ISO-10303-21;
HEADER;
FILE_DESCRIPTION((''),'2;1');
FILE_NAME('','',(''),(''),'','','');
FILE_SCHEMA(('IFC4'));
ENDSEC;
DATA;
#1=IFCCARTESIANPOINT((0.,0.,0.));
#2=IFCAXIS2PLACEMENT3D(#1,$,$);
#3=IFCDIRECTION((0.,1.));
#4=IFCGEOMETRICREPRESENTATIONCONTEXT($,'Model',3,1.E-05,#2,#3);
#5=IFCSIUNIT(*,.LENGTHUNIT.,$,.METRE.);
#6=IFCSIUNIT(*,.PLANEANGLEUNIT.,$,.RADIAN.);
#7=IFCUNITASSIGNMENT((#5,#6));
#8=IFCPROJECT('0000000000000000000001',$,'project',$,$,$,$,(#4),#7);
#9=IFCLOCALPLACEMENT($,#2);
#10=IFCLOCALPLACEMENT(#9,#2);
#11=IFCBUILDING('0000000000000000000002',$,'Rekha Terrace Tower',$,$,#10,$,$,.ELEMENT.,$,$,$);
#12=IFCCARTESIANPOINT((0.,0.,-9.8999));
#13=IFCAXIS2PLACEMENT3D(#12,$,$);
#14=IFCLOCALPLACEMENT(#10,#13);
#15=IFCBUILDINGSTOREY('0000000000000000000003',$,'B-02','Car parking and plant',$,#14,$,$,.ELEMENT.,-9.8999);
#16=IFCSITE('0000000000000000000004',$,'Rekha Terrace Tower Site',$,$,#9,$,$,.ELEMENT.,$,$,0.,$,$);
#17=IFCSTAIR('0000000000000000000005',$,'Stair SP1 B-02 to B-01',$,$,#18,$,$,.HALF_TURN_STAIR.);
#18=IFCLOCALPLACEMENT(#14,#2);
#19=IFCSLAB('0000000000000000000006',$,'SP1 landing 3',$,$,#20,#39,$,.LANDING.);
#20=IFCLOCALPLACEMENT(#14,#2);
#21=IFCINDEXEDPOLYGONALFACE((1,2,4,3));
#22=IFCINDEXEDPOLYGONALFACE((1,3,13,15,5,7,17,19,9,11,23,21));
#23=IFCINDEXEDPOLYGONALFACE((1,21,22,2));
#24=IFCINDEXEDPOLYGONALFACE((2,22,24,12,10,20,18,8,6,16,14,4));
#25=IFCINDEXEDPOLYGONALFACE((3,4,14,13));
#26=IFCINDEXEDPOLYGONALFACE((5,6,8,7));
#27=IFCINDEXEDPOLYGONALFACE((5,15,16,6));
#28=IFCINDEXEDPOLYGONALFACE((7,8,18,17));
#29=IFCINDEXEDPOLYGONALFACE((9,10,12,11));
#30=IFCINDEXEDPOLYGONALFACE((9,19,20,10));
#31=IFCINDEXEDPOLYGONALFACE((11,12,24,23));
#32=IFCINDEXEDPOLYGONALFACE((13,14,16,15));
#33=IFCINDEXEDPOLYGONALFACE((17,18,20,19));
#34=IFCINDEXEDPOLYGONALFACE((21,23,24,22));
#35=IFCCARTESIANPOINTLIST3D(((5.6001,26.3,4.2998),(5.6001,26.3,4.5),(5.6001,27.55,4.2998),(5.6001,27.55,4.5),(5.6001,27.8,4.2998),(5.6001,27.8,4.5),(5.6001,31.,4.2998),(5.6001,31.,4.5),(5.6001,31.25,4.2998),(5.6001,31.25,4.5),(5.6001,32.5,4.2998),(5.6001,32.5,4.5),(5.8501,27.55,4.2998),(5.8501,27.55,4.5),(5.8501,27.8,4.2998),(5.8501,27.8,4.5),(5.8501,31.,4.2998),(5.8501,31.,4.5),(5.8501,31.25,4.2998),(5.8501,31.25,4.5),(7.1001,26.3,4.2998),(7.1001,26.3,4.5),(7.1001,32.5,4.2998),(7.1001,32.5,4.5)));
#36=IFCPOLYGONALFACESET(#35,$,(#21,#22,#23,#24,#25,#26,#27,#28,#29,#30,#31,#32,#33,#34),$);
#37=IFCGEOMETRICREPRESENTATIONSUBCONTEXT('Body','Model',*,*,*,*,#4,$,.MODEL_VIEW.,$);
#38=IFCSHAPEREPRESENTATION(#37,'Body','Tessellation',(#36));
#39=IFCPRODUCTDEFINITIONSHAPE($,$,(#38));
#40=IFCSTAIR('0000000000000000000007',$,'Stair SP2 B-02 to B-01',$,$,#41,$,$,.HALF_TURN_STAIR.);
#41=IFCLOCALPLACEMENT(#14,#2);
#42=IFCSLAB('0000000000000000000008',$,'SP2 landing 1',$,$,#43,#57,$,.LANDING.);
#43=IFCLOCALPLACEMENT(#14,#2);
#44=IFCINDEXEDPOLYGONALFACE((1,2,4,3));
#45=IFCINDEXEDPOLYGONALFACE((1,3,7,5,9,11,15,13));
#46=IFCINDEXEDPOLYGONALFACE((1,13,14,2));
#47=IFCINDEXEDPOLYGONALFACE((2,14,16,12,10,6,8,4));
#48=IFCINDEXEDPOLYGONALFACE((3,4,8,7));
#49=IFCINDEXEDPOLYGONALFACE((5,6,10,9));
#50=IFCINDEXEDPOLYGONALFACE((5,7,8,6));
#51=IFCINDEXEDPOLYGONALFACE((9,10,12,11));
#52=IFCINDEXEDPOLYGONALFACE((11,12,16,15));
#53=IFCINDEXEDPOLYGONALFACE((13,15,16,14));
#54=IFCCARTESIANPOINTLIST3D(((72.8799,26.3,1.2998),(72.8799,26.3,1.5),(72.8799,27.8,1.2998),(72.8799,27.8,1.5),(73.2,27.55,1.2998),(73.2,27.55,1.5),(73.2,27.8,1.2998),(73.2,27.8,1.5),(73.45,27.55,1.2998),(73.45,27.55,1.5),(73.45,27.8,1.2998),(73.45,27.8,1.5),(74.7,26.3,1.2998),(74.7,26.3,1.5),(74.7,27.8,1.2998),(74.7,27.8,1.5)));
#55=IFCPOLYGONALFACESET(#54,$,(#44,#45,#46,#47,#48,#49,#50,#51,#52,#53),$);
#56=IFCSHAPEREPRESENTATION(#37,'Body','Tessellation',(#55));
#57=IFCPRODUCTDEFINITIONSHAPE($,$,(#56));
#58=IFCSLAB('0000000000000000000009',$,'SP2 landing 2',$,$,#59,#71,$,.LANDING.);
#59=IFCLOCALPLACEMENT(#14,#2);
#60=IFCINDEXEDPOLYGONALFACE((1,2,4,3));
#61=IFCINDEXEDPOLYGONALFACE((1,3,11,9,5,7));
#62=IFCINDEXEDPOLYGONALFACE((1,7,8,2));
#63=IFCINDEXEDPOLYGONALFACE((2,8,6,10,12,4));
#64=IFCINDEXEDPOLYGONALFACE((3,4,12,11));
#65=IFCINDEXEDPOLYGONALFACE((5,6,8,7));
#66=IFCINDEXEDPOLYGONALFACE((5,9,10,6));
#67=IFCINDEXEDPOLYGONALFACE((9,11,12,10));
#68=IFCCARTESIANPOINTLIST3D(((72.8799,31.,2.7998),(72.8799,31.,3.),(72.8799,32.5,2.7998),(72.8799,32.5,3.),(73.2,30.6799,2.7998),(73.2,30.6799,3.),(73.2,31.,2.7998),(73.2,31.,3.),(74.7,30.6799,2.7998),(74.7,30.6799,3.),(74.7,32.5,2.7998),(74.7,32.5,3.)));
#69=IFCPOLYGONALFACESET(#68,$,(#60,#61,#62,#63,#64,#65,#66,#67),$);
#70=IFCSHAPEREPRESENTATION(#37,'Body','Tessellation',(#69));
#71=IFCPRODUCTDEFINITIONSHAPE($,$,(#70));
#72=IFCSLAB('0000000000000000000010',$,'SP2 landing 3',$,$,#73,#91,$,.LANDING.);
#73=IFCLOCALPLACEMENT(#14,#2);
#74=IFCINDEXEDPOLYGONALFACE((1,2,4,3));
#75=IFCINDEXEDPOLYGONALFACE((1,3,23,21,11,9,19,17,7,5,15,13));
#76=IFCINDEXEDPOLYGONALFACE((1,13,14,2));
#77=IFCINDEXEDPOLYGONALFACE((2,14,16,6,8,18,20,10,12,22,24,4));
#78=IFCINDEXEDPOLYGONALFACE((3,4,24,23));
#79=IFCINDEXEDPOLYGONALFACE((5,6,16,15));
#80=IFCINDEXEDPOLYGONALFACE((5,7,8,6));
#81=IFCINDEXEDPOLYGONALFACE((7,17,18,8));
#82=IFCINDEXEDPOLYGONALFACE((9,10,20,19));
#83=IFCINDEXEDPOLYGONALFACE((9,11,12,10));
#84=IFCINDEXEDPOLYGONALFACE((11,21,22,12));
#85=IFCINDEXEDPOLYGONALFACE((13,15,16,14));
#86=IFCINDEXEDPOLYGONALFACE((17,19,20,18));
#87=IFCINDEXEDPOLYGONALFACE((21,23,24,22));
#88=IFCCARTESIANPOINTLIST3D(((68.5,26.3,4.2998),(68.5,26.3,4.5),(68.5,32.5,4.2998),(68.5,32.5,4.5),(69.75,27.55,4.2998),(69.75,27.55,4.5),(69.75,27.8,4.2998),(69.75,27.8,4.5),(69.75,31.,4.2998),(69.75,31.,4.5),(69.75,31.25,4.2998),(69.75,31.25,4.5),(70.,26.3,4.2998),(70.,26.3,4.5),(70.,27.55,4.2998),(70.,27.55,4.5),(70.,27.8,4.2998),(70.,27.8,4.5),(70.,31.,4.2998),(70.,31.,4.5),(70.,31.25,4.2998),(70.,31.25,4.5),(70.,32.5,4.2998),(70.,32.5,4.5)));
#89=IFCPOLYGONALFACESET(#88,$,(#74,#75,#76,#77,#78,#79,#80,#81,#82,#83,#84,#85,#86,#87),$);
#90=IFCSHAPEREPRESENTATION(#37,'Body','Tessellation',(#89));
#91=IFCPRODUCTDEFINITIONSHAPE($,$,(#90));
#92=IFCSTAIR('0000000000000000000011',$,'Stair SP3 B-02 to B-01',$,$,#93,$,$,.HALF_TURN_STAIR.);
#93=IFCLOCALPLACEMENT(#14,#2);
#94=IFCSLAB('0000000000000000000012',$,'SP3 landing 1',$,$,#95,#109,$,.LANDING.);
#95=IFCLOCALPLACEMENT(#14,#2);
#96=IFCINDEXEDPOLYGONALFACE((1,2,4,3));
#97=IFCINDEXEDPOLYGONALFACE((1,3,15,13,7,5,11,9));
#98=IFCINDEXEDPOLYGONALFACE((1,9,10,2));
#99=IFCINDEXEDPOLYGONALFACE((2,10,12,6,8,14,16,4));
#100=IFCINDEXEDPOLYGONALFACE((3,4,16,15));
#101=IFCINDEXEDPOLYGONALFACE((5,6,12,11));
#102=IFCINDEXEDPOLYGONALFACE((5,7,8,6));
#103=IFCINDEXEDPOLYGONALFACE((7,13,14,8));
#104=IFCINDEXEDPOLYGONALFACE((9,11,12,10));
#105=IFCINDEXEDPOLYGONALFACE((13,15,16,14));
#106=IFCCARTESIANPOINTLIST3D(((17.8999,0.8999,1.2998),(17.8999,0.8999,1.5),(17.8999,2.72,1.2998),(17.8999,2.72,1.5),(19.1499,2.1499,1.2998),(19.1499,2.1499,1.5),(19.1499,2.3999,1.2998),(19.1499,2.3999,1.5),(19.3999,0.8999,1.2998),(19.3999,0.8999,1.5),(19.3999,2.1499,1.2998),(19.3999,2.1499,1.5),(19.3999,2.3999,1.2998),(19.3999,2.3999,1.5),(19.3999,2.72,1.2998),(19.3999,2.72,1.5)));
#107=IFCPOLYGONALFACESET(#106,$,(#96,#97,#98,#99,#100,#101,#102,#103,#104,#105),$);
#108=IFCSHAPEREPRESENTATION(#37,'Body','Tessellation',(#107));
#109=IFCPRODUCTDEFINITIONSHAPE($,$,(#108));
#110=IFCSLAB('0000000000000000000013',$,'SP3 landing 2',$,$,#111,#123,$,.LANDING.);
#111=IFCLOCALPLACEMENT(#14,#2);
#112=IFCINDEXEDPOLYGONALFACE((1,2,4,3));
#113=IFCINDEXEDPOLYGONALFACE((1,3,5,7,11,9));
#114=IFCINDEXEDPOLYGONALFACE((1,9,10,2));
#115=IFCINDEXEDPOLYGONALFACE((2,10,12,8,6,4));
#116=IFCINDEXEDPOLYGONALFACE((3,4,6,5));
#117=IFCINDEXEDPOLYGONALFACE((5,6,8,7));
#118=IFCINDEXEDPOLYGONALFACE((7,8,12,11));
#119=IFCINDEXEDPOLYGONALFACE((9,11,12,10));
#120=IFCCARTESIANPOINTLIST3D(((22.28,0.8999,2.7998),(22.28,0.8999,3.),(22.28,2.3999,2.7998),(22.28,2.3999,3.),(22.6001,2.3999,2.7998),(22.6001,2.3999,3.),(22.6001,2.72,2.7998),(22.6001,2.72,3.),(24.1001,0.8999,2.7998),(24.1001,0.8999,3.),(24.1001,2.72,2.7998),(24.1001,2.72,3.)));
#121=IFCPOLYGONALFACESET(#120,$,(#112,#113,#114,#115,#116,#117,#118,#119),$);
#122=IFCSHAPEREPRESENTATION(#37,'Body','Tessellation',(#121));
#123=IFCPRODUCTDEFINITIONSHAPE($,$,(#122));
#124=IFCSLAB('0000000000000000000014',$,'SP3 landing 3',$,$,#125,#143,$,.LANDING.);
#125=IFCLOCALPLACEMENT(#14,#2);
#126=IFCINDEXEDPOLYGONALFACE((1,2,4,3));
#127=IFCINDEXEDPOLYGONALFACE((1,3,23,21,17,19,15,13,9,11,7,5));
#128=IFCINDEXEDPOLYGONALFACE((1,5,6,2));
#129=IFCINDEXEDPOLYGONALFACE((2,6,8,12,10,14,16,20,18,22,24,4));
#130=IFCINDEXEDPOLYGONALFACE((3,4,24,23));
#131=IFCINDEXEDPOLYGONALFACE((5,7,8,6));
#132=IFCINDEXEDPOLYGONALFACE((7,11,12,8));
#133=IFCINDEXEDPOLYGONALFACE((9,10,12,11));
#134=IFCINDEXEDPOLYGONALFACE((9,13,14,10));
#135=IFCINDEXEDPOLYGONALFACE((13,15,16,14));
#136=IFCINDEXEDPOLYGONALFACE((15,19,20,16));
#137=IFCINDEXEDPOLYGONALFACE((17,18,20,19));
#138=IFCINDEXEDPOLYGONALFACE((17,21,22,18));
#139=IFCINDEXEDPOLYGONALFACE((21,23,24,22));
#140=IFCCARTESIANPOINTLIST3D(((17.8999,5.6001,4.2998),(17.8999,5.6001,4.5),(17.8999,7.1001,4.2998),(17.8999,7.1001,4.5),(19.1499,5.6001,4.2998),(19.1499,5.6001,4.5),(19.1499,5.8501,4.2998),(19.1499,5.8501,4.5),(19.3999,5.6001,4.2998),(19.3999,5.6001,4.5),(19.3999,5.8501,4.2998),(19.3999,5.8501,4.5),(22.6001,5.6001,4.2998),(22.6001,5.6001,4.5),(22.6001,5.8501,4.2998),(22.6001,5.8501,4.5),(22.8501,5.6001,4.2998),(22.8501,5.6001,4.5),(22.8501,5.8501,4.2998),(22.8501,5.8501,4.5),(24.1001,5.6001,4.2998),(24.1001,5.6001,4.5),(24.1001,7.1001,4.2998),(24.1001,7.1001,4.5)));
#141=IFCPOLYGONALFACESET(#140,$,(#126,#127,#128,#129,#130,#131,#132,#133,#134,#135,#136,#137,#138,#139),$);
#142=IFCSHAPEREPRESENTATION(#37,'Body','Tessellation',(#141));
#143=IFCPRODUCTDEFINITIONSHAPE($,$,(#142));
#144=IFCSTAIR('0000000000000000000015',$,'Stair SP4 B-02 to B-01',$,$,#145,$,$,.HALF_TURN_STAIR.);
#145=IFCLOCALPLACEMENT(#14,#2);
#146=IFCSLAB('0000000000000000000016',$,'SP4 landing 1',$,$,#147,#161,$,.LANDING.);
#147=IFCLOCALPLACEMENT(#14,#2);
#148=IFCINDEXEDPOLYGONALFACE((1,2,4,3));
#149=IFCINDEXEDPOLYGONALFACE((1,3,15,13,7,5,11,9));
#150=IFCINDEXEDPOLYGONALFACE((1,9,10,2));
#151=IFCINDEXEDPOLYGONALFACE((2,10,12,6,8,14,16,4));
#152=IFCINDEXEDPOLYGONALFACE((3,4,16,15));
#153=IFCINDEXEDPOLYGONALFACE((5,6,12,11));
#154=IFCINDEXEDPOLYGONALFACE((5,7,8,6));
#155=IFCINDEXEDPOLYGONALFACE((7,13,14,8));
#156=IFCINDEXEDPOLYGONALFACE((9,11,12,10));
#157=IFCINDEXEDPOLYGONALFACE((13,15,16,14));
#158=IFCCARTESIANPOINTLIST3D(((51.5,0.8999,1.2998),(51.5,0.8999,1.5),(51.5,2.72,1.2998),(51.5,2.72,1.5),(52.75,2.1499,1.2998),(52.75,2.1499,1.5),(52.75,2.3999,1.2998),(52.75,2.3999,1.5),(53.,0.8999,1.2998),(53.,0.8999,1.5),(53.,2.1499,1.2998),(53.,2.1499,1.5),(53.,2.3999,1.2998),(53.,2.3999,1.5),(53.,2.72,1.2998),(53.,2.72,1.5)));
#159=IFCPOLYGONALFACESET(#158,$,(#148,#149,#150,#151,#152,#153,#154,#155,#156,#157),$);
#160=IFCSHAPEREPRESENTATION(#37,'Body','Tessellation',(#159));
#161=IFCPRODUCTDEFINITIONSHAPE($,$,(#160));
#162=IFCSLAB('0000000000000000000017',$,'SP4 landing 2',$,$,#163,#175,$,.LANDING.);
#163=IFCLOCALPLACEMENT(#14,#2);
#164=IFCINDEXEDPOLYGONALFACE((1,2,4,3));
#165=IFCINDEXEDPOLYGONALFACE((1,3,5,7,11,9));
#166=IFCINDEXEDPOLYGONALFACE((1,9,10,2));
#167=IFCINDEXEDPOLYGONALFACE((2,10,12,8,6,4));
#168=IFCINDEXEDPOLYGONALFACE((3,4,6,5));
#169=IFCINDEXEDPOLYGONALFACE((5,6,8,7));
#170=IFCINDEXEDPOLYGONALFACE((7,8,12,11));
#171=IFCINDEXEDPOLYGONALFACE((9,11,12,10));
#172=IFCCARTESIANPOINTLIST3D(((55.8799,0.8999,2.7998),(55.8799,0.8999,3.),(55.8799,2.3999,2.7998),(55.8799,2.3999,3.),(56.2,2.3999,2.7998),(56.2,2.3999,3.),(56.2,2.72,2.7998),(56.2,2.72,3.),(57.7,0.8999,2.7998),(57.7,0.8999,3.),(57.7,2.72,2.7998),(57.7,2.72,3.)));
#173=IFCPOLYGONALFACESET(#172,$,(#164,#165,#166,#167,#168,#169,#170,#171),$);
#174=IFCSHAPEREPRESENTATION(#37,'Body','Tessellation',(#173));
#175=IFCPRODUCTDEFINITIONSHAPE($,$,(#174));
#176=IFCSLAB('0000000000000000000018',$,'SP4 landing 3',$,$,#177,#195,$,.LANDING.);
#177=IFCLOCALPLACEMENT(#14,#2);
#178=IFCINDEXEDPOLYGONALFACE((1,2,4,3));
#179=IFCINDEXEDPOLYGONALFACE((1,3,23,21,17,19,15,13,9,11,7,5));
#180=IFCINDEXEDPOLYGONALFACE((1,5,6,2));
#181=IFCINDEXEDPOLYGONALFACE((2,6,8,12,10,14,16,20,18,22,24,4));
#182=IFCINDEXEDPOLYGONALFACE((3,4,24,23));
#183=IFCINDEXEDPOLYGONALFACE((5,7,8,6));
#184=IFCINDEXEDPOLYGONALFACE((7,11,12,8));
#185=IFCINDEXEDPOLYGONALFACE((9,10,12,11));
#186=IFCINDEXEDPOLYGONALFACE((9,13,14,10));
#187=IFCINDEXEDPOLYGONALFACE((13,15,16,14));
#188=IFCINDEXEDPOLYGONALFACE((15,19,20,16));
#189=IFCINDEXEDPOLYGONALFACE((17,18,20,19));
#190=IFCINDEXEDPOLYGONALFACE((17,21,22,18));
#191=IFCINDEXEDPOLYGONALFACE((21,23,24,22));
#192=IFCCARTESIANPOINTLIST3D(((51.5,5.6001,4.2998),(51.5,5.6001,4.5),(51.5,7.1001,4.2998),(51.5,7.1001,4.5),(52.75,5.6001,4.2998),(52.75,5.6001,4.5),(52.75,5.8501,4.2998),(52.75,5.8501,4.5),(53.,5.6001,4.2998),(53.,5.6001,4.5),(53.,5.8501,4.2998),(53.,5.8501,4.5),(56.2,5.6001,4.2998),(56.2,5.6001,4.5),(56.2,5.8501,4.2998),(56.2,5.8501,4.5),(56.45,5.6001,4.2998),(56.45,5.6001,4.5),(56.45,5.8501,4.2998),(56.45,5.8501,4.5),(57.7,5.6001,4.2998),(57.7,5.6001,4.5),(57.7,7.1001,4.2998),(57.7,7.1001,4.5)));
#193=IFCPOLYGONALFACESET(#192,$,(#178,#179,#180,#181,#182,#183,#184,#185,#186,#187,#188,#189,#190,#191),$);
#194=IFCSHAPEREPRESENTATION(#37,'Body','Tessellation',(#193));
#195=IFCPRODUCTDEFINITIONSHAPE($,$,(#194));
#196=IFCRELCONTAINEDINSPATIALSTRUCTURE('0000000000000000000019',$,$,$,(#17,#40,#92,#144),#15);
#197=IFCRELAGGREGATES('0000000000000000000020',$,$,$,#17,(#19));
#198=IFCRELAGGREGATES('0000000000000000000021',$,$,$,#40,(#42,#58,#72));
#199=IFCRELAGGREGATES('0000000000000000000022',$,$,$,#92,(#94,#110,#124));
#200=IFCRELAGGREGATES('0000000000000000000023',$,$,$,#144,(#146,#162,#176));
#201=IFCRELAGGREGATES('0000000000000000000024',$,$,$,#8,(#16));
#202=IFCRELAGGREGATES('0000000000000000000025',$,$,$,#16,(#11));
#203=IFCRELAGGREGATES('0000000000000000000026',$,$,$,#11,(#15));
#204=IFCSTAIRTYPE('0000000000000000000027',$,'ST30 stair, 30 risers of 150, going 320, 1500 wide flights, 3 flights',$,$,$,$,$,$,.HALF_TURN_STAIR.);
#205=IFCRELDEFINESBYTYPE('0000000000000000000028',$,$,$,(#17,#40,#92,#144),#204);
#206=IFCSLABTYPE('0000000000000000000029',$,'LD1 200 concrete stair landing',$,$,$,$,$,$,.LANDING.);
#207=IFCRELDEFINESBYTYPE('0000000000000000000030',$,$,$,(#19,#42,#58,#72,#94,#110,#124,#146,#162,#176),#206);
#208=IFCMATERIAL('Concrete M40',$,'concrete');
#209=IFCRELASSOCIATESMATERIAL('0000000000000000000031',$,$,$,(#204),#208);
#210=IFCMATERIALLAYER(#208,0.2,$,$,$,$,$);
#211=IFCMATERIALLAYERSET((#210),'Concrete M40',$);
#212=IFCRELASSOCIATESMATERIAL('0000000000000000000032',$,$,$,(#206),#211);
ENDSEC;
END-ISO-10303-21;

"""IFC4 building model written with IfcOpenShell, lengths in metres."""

from ifc_helpers import new_model, si_unit, direction, frame, origin, place, context, subcontext, project, spatial, polyline, outline, extrude, material, layer, layer_set, type_object, element, aggregate, save


model = new_model("IFC4")

# Units and contexts
model_context = context("Model", 3, precision=1e-05, world=origin(), true_north=direction((0.0, 1.0)))
body_context = subcontext(model_context, "Body", "Model", "MODEL_VIEW")
ifc_project = project(units=[si_unit("LENGTHUNIT", "METRE"), si_unit("PLANEANGLEUNIT", "RADIAN")], contexts=[model_context])

# Site, building, storey
site_placement = place(None, origin())
site = spatial("IfcSite", under=ifc_project, at=site_placement, Name="Rekha Terrace Tower Site", CompositionType="ELEMENT", RefElevation=0.0)
building_placement = place(site_placement, origin())
building = spatial("IfcBuilding", under=site, at=building_placement, Name="Rekha Terrace Tower", CompositionType="ELEMENT")
storey_placement = place(building_placement, frame((0.0, 0.0, -9.8999)))
storey = spatial("IfcBuildingStorey", under=building, at=storey_placement, Name="B-02", Description="Car parking and plant", CompositionType="ELEMENT", Elevation=-9.8999)

# Stairs, slabs
ifc_material_1 = material(Name="Concrete M40", Category="concrete")
stair_type_1 = type_object("IfcStairType", Name="ST30 stair, 30 risers of 150, going 320, 1500 wide flights, 3 flights", PredefinedType="HALF_TURN_STAIR", material=ifc_material_1)
stair_1_placement = place(storey_placement, origin())
stair_1 = element("IfcStair", 1, at=stair_1_placement, inside=storey, type_object=stair_type_1, Name="Stair SP1 B-02 to B-01", PredefinedType="HALF_TURN_STAIR")
ifc_layer_1 = layer(ifc_material_1, 0.2)
ifc_layer_set_1 = layer_set([ifc_layer_1], Name="Concrete M40")
slab_type_1 = type_object("IfcSlabType", Name="LD1 200 concrete stair landing", PredefinedType="LANDING", material=ifc_layer_set_1)
slab_1_placement = place(storey_placement, frame((0.0, 0.0, 4.2998)))
slab_1 = element("IfcSlab", 2, at=slab_1_placement, type_object=slab_type_1, Name="SP1 landing 3", PredefinedType="LANDING", context=body_context, shape_type="SweptSolid", body=[
    extrude(outline(polyline([(5.6001, 26.3), (7.1001, 26.3), (7.1001, 32.5), (5.6001, 32.5), (5.6001, 31.25), (5.8501, 31.25), (5.8501, 31.0), (5.6001, 31.0), (5.6001, 27.8), (5.8501, 27.8), (5.8501, 27.55), (5.6001, 27.55), (5.6001, 26.3)])), origin(), (0.0, 0.0, 1.0), 0.2002),
])
aggregate(stair_1, [slab_1])
stair_2_placement = place(storey_placement, origin())
stair_2 = element("IfcStair", 3, at=stair_2_placement, inside=storey, type_object=stair_type_1, Name="Stair SP2 B-02 to B-01", PredefinedType="HALF_TURN_STAIR")
slab_2_placement = place(storey_placement, frame((0.0, 0.0, 1.2998)))
slab_2 = element("IfcSlab", 4, at=slab_2_placement, type_object=slab_type_1, Name="SP2 landing 1", PredefinedType="LANDING", context=body_context, shape_type="SweptSolid", body=[
    extrude(outline(polyline([(74.7, 27.8), (74.7, 26.3), (72.8799, 26.3), (72.8799, 27.8), (73.2, 27.8), (73.2, 27.55), (73.45, 27.55), (73.45, 27.8), (74.7, 27.8)])), origin(), (0.0, 0.0, 1.0), 0.2002),
])
slab_3_placement = place(storey_placement, frame((0.0, 0.0, 2.7998)))
slab_3 = element("IfcSlab", 5, at=slab_3_placement, type_object=slab_type_1, Name="SP2 landing 2", PredefinedType="LANDING", context=body_context, shape_type="SweptSolid", body=[
    extrude(outline(polyline([(72.8799, 31.0), (72.8799, 32.5), (74.7, 32.5), (74.7, 30.6799), (73.2, 30.6799), (73.2, 31.0), (72.8799, 31.0)])), origin(), (0.0, 0.0, 1.0), 0.2002),
])
slab_4_placement = place(storey_placement, frame((0.0, 0.0, 4.2998)))
slab_4 = element("IfcSlab", 6, at=slab_4_placement, type_object=slab_type_1, Name="SP2 landing 3", PredefinedType="LANDING", context=body_context, shape_type="SweptSolid", body=[
    extrude(outline(polyline([(70.0, 26.3), (68.5, 26.3), (68.5, 32.5), (70.0, 32.5), (70.0, 31.25), (69.75, 31.25), (69.75, 31.0), (70.0, 31.0), (70.0, 27.8), (69.75, 27.8), (69.75, 27.55), (70.0, 27.55), (70.0, 26.3)])), origin(), (0.0, 0.0, 1.0), 0.2002),
])
aggregate(stair_2, [slab_2, slab_3, slab_4])
stair_3_placement = place(storey_placement, origin())
stair_3 = element("IfcStair", 7, at=stair_3_placement, inside=storey, type_object=stair_type_1, Name="Stair SP3 B-02 to B-01", PredefinedType="HALF_TURN_STAIR")
slab_5_placement = place(storey_placement, frame((0.0, 0.0, 1.2998)))
slab_5 = element("IfcSlab", 8, at=slab_5_placement, type_object=slab_type_1, Name="SP3 landing 1", PredefinedType="LANDING", context=body_context, shape_type="SweptSolid", body=[
    extrude(outline(polyline([(19.3999, 0.8999), (17.8999, 0.8999), (17.8999, 2.72), (19.3999, 2.72), (19.3999, 2.3999), (19.1499, 2.3999), (19.1499, 2.1499), (19.3999, 2.1499), (19.3999, 0.8999)])), origin(), (0.0, 0.0, 1.0), 0.2002),
])
slab_6_placement = place(storey_placement, frame((0.0, 0.0, 2.7998)))
slab_6 = element("IfcSlab", 9, at=slab_6_placement, type_object=slab_type_1, Name="SP3 landing 2", PredefinedType="LANDING", context=body_context, shape_type="SweptSolid", body=[
    extrude(outline(polyline([(22.6001, 2.72), (24.1001, 2.72), (24.1001, 0.8999), (22.28, 0.8999), (22.28, 2.3999), (22.6001, 2.3999), (22.6001, 2.72)])), origin(), (0.0, 0.0, 1.0), 0.2002),
])
slab_7_placement = place(storey_placement, frame((0.0, 0.0, 4.2998)))
slab_7 = element("IfcSlab", 10, at=slab_7_placement, type_object=slab_type_1, Name="SP3 landing 3", PredefinedType="LANDING", context=body_context, shape_type="SweptSolid", body=[
    extrude(outline(polyline([(17.8999, 5.6001), (17.8999, 7.1001), (24.1001, 7.1001), (24.1001, 5.6001), (22.8501, 5.6001), (22.8501, 5.8501), (22.6001, 5.8501), (22.6001, 5.6001), (19.3999, 5.6001), (19.3999, 5.8501), (19.1499, 5.8501), (19.1499, 5.6001), (17.8999, 5.6001)])), origin(), (0.0, 0.0, 1.0), 0.2002),
])
aggregate(stair_3, [slab_5, slab_6, slab_7])
stair_4_placement = place(storey_placement, origin())
stair_4 = element("IfcStair", 11, at=stair_4_placement, inside=storey, type_object=stair_type_1, Name="Stair SP4 B-02 to B-01", PredefinedType="HALF_TURN_STAIR")
slab_8_placement = place(storey_placement, frame((0.0, 0.0, 1.2998)))
slab_8 = element("IfcSlab", 12, at=slab_8_placement, type_object=slab_type_1, Name="SP4 landing 1", PredefinedType="LANDING", context=body_context, shape_type="SweptSolid", body=[
    extrude(outline(polyline([(53.0, 0.8999), (51.5, 0.8999), (51.5, 2.72), (53.0, 2.72), (53.0, 2.3999), (52.75, 2.3999), (52.75, 2.1499), (53.0, 2.1499), (53.0, 0.8999)])), origin(), (0.0, 0.0, 1.0), 0.2002),
])
slab_9_placement = place(storey_placement, frame((0.0, 0.0, 2.7998)))
slab_9 = element("IfcSlab", 13, at=slab_9_placement, type_object=slab_type_1, Name="SP4 landing 2", PredefinedType="LANDING", context=body_context, shape_type="SweptSolid", body=[
    extrude(outline(polyline([(56.2, 2.72), (57.7, 2.72), (57.7, 0.8999), (55.8799, 0.8999), (55.8799, 2.3999), (56.2, 2.3999), (56.2, 2.72)])), origin(), (0.0, 0.0, 1.0), 0.2002),
])
slab_10_placement = place(storey_placement, frame((0.0, 0.0, 4.2998)))
slab_10 = element("IfcSlab", 14, at=slab_10_placement, type_object=slab_type_1, Name="SP4 landing 3", PredefinedType="LANDING", context=body_context, shape_type="SweptSolid", body=[
    extrude(outline(polyline([(51.5, 5.6001), (51.5, 7.1001), (57.7, 7.1001), (57.7, 5.6001), (56.45, 5.6001), (56.45, 5.8501), (56.2, 5.8501), (56.2, 5.6001), (53.0, 5.6001), (53.0, 5.8501), (52.75, 5.8501), (52.75, 5.6001), (51.5, 5.6001)])), origin(), (0.0, 0.0, 1.0), 0.2002),
])
aggregate(stair_4, [slab_8, slab_9, slab_10])

save(model, "model.ifc")
